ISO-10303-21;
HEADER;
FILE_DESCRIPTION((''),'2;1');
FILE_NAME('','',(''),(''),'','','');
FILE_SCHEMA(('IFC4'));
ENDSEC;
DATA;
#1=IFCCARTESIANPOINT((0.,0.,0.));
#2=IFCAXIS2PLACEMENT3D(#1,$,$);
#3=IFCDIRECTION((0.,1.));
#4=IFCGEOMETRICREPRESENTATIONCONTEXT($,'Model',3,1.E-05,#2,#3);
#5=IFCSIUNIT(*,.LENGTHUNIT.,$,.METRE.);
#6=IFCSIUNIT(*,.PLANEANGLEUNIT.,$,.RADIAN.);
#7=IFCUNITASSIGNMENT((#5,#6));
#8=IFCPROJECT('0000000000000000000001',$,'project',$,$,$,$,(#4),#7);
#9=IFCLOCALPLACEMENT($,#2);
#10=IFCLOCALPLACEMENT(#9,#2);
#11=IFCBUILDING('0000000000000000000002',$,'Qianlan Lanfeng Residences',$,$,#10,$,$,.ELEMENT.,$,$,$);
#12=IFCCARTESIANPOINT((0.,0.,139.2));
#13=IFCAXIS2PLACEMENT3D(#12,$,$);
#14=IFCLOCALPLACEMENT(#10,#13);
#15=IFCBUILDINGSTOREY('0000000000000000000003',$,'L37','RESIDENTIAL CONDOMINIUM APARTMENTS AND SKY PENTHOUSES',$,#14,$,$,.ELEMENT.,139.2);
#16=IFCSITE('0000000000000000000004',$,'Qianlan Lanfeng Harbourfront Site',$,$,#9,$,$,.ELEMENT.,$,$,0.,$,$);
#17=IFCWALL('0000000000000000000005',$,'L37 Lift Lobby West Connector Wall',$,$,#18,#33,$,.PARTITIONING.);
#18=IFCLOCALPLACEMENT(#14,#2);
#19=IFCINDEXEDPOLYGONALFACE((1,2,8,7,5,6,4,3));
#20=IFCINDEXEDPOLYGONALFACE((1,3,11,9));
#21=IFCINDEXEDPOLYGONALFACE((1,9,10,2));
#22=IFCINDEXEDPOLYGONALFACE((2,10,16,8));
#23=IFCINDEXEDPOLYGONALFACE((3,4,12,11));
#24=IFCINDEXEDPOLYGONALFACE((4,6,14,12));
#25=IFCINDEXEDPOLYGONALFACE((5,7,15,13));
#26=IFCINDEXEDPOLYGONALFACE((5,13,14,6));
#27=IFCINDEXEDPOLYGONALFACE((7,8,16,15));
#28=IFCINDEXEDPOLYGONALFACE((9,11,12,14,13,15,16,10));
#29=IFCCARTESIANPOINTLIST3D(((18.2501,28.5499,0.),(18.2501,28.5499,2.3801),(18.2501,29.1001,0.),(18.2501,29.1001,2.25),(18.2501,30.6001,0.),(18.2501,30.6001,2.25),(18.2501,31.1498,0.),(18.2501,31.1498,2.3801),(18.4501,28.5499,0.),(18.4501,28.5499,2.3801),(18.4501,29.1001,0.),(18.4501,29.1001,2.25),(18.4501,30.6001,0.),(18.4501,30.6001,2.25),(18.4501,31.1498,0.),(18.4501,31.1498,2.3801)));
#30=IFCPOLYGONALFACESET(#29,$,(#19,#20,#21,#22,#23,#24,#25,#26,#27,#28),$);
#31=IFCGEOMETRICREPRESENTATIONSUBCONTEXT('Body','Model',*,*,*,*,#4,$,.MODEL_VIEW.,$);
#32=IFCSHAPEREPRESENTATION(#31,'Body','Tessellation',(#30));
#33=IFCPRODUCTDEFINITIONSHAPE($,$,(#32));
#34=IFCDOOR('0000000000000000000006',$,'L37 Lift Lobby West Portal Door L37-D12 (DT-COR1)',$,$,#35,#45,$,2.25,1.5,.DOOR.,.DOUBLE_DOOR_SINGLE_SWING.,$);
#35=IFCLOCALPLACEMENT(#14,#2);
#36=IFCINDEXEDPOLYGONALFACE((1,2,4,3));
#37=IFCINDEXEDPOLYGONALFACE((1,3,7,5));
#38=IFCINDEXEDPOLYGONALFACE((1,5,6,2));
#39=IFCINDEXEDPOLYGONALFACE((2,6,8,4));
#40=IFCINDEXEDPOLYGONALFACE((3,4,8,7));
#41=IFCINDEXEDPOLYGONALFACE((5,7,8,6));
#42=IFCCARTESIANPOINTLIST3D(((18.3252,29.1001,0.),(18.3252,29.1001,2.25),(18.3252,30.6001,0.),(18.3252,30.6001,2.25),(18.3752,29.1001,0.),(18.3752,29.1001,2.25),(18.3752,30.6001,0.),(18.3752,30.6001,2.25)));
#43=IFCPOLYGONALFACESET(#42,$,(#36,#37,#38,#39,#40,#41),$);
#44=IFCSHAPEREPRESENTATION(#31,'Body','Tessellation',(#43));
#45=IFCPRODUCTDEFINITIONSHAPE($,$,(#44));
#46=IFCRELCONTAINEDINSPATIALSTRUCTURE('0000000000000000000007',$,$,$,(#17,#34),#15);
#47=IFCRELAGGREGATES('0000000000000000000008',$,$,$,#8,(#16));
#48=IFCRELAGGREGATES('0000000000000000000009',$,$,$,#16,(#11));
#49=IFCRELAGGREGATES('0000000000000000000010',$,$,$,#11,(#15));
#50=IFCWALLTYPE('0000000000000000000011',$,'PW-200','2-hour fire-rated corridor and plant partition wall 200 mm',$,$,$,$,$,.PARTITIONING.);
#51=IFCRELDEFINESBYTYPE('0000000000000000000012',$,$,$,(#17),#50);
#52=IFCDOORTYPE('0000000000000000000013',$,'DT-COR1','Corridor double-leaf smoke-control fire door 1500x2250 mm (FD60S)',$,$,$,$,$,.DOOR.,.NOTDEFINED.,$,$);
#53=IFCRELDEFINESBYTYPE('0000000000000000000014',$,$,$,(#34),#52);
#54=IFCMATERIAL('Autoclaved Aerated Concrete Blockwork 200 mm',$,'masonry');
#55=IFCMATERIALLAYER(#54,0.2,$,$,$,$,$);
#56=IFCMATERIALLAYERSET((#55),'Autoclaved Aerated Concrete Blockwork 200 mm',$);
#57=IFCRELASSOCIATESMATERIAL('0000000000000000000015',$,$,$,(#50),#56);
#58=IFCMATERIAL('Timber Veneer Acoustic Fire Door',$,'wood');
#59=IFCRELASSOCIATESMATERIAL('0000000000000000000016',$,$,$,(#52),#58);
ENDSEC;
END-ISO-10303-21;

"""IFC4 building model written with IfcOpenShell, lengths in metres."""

from ifc_helpers import new_model, si_unit, direction, frame, frame_2d, origin, place, context, subcontext, project, spatial, rectangle, extrude, material, layer, layer_set, type_object, element, fill, save


model = new_model("IFC4")

# Units and contexts
model_context = context("Model", 3, precision=1e-05, world=origin(), true_north=direction((0.0, 1.0)))
body_context = subcontext(model_context, "Body", "Model", "MODEL_VIEW")
ifc_project = project(units=[si_unit("LENGTHUNIT", "METRE"), si_unit("PLANEANGLEUNIT", "RADIAN")], contexts=[model_context])

# Site, building, storey
site_placement = place(None, origin())
site = spatial("IfcSite", under=ifc_project, at=site_placement, Name="Qianlan Lanfeng Harbourfront Site", CompositionType="ELEMENT", RefElevation=0.0)
building_placement = place(site_placement, origin())
building = spatial("IfcBuilding", under=site, at=building_placement, Name="Qianlan Lanfeng Residences", CompositionType="ELEMENT")
storey_placement = place(building_placement, frame((0.0, 0.0, 139.2)))
storey = spatial("IfcBuildingStorey", under=building, at=storey_placement, Name="L37", Description="RESIDENTIAL CONDOMINIUM APARTMENTS AND SKY PENTHOUSES", CompositionType="ELEMENT", Elevation=139.2)

# Wall, opening, door
ifc_material_1 = material(Name="Autoclaved Aerated Concrete Blockwork 200 mm", Category="masonry")
ifc_layer_1 = layer(ifc_material_1, 0.2)
ifc_layer_set_1 = layer_set([ifc_layer_1], Name="Autoclaved Aerated Concrete Blockwork 200 mm")
wall_type_1 = type_object("IfcWallType", Name="PW-200", Description="2-hour fire-rated corridor and plant partition wall 200 mm", PredefinedType="PARTITIONING", material=ifc_layer_set_1)
wall_1_placement = place(storey_placement, frame((18.3501, 28.55, 0.0), z_axis=(0.0, 0.0, 1.0), x_axis=(0.0, 1.0, 0.0)))
wall_1 = element("IfcWall", 1, at=wall_1_placement, inside=storey, type_object=wall_type_1, Name="L37 Lift Lobby West Connector Wall", PredefinedType="PARTITIONING", context=body_context, shape_type="SweptSolid", body=[
    extrude(rectangle(XDim=2.5999, YDim=0.2, at=frame_2d((1.2998, 0.0))), origin(), (0.0, 0.0, 1.0), 2.3801),
])
opening_1_placement = place(wall_1_placement, frame((0.55, 0.0, 0.0)))
opening_1 = element("IfcOpeningElement", 2, at=opening_1_placement, cuts=wall_1, PredefinedType="OPENING", context=body_context, shape_type="SweptSolid", body=[
    extrude(rectangle(XDim=1.5, YDim=2.25, at=frame_2d((0.75, 1.125))), frame((0.0, 0.1099, 0.0), z_axis=(0.0, -1.0, 0.0), x_axis=(1.0, 0.0, 0.0)), (0.0, 0.0, 1.0), 0.22),
])
ifc_material_2 = material(Name="Timber Veneer Acoustic Fire Door", Category="wood")
door_type_1 = type_object("IfcDoorType", Name="DT-COR1", Description="Corridor double-leaf smoke-control fire door 1500x2250 mm (FD60S)", OperationType="NOTDEFINED", PredefinedType="DOOR", material=ifc_material_2)
door_1_placement = place(opening_1_placement, origin())
door_1 = element("IfcDoor", 3, at=door_1_placement, inside=storey, type_object=door_type_1, Name="L37 Lift Lobby West Portal Door L37-D12 (DT-COR1)", OperationType="DOUBLE_DOOR_SINGLE_SWING", OverallHeight=2.25, OverallWidth=1.5, PredefinedType="DOOR", context=body_context, shape_type="SweptSolid", body=[
    extrude(rectangle(XDim=1.5, YDim=2.25, at=frame_2d((0.75, 1.125))), frame((0.0, 0.0249, 0.0), z_axis=(0.0, -1.0, 0.0), x_axis=(1.0, 0.0, 0.0)), (0.0, 0.0, 1.0), 0.05),
])
fill(opening_1, door_1)

save(model, "model.ifc")
